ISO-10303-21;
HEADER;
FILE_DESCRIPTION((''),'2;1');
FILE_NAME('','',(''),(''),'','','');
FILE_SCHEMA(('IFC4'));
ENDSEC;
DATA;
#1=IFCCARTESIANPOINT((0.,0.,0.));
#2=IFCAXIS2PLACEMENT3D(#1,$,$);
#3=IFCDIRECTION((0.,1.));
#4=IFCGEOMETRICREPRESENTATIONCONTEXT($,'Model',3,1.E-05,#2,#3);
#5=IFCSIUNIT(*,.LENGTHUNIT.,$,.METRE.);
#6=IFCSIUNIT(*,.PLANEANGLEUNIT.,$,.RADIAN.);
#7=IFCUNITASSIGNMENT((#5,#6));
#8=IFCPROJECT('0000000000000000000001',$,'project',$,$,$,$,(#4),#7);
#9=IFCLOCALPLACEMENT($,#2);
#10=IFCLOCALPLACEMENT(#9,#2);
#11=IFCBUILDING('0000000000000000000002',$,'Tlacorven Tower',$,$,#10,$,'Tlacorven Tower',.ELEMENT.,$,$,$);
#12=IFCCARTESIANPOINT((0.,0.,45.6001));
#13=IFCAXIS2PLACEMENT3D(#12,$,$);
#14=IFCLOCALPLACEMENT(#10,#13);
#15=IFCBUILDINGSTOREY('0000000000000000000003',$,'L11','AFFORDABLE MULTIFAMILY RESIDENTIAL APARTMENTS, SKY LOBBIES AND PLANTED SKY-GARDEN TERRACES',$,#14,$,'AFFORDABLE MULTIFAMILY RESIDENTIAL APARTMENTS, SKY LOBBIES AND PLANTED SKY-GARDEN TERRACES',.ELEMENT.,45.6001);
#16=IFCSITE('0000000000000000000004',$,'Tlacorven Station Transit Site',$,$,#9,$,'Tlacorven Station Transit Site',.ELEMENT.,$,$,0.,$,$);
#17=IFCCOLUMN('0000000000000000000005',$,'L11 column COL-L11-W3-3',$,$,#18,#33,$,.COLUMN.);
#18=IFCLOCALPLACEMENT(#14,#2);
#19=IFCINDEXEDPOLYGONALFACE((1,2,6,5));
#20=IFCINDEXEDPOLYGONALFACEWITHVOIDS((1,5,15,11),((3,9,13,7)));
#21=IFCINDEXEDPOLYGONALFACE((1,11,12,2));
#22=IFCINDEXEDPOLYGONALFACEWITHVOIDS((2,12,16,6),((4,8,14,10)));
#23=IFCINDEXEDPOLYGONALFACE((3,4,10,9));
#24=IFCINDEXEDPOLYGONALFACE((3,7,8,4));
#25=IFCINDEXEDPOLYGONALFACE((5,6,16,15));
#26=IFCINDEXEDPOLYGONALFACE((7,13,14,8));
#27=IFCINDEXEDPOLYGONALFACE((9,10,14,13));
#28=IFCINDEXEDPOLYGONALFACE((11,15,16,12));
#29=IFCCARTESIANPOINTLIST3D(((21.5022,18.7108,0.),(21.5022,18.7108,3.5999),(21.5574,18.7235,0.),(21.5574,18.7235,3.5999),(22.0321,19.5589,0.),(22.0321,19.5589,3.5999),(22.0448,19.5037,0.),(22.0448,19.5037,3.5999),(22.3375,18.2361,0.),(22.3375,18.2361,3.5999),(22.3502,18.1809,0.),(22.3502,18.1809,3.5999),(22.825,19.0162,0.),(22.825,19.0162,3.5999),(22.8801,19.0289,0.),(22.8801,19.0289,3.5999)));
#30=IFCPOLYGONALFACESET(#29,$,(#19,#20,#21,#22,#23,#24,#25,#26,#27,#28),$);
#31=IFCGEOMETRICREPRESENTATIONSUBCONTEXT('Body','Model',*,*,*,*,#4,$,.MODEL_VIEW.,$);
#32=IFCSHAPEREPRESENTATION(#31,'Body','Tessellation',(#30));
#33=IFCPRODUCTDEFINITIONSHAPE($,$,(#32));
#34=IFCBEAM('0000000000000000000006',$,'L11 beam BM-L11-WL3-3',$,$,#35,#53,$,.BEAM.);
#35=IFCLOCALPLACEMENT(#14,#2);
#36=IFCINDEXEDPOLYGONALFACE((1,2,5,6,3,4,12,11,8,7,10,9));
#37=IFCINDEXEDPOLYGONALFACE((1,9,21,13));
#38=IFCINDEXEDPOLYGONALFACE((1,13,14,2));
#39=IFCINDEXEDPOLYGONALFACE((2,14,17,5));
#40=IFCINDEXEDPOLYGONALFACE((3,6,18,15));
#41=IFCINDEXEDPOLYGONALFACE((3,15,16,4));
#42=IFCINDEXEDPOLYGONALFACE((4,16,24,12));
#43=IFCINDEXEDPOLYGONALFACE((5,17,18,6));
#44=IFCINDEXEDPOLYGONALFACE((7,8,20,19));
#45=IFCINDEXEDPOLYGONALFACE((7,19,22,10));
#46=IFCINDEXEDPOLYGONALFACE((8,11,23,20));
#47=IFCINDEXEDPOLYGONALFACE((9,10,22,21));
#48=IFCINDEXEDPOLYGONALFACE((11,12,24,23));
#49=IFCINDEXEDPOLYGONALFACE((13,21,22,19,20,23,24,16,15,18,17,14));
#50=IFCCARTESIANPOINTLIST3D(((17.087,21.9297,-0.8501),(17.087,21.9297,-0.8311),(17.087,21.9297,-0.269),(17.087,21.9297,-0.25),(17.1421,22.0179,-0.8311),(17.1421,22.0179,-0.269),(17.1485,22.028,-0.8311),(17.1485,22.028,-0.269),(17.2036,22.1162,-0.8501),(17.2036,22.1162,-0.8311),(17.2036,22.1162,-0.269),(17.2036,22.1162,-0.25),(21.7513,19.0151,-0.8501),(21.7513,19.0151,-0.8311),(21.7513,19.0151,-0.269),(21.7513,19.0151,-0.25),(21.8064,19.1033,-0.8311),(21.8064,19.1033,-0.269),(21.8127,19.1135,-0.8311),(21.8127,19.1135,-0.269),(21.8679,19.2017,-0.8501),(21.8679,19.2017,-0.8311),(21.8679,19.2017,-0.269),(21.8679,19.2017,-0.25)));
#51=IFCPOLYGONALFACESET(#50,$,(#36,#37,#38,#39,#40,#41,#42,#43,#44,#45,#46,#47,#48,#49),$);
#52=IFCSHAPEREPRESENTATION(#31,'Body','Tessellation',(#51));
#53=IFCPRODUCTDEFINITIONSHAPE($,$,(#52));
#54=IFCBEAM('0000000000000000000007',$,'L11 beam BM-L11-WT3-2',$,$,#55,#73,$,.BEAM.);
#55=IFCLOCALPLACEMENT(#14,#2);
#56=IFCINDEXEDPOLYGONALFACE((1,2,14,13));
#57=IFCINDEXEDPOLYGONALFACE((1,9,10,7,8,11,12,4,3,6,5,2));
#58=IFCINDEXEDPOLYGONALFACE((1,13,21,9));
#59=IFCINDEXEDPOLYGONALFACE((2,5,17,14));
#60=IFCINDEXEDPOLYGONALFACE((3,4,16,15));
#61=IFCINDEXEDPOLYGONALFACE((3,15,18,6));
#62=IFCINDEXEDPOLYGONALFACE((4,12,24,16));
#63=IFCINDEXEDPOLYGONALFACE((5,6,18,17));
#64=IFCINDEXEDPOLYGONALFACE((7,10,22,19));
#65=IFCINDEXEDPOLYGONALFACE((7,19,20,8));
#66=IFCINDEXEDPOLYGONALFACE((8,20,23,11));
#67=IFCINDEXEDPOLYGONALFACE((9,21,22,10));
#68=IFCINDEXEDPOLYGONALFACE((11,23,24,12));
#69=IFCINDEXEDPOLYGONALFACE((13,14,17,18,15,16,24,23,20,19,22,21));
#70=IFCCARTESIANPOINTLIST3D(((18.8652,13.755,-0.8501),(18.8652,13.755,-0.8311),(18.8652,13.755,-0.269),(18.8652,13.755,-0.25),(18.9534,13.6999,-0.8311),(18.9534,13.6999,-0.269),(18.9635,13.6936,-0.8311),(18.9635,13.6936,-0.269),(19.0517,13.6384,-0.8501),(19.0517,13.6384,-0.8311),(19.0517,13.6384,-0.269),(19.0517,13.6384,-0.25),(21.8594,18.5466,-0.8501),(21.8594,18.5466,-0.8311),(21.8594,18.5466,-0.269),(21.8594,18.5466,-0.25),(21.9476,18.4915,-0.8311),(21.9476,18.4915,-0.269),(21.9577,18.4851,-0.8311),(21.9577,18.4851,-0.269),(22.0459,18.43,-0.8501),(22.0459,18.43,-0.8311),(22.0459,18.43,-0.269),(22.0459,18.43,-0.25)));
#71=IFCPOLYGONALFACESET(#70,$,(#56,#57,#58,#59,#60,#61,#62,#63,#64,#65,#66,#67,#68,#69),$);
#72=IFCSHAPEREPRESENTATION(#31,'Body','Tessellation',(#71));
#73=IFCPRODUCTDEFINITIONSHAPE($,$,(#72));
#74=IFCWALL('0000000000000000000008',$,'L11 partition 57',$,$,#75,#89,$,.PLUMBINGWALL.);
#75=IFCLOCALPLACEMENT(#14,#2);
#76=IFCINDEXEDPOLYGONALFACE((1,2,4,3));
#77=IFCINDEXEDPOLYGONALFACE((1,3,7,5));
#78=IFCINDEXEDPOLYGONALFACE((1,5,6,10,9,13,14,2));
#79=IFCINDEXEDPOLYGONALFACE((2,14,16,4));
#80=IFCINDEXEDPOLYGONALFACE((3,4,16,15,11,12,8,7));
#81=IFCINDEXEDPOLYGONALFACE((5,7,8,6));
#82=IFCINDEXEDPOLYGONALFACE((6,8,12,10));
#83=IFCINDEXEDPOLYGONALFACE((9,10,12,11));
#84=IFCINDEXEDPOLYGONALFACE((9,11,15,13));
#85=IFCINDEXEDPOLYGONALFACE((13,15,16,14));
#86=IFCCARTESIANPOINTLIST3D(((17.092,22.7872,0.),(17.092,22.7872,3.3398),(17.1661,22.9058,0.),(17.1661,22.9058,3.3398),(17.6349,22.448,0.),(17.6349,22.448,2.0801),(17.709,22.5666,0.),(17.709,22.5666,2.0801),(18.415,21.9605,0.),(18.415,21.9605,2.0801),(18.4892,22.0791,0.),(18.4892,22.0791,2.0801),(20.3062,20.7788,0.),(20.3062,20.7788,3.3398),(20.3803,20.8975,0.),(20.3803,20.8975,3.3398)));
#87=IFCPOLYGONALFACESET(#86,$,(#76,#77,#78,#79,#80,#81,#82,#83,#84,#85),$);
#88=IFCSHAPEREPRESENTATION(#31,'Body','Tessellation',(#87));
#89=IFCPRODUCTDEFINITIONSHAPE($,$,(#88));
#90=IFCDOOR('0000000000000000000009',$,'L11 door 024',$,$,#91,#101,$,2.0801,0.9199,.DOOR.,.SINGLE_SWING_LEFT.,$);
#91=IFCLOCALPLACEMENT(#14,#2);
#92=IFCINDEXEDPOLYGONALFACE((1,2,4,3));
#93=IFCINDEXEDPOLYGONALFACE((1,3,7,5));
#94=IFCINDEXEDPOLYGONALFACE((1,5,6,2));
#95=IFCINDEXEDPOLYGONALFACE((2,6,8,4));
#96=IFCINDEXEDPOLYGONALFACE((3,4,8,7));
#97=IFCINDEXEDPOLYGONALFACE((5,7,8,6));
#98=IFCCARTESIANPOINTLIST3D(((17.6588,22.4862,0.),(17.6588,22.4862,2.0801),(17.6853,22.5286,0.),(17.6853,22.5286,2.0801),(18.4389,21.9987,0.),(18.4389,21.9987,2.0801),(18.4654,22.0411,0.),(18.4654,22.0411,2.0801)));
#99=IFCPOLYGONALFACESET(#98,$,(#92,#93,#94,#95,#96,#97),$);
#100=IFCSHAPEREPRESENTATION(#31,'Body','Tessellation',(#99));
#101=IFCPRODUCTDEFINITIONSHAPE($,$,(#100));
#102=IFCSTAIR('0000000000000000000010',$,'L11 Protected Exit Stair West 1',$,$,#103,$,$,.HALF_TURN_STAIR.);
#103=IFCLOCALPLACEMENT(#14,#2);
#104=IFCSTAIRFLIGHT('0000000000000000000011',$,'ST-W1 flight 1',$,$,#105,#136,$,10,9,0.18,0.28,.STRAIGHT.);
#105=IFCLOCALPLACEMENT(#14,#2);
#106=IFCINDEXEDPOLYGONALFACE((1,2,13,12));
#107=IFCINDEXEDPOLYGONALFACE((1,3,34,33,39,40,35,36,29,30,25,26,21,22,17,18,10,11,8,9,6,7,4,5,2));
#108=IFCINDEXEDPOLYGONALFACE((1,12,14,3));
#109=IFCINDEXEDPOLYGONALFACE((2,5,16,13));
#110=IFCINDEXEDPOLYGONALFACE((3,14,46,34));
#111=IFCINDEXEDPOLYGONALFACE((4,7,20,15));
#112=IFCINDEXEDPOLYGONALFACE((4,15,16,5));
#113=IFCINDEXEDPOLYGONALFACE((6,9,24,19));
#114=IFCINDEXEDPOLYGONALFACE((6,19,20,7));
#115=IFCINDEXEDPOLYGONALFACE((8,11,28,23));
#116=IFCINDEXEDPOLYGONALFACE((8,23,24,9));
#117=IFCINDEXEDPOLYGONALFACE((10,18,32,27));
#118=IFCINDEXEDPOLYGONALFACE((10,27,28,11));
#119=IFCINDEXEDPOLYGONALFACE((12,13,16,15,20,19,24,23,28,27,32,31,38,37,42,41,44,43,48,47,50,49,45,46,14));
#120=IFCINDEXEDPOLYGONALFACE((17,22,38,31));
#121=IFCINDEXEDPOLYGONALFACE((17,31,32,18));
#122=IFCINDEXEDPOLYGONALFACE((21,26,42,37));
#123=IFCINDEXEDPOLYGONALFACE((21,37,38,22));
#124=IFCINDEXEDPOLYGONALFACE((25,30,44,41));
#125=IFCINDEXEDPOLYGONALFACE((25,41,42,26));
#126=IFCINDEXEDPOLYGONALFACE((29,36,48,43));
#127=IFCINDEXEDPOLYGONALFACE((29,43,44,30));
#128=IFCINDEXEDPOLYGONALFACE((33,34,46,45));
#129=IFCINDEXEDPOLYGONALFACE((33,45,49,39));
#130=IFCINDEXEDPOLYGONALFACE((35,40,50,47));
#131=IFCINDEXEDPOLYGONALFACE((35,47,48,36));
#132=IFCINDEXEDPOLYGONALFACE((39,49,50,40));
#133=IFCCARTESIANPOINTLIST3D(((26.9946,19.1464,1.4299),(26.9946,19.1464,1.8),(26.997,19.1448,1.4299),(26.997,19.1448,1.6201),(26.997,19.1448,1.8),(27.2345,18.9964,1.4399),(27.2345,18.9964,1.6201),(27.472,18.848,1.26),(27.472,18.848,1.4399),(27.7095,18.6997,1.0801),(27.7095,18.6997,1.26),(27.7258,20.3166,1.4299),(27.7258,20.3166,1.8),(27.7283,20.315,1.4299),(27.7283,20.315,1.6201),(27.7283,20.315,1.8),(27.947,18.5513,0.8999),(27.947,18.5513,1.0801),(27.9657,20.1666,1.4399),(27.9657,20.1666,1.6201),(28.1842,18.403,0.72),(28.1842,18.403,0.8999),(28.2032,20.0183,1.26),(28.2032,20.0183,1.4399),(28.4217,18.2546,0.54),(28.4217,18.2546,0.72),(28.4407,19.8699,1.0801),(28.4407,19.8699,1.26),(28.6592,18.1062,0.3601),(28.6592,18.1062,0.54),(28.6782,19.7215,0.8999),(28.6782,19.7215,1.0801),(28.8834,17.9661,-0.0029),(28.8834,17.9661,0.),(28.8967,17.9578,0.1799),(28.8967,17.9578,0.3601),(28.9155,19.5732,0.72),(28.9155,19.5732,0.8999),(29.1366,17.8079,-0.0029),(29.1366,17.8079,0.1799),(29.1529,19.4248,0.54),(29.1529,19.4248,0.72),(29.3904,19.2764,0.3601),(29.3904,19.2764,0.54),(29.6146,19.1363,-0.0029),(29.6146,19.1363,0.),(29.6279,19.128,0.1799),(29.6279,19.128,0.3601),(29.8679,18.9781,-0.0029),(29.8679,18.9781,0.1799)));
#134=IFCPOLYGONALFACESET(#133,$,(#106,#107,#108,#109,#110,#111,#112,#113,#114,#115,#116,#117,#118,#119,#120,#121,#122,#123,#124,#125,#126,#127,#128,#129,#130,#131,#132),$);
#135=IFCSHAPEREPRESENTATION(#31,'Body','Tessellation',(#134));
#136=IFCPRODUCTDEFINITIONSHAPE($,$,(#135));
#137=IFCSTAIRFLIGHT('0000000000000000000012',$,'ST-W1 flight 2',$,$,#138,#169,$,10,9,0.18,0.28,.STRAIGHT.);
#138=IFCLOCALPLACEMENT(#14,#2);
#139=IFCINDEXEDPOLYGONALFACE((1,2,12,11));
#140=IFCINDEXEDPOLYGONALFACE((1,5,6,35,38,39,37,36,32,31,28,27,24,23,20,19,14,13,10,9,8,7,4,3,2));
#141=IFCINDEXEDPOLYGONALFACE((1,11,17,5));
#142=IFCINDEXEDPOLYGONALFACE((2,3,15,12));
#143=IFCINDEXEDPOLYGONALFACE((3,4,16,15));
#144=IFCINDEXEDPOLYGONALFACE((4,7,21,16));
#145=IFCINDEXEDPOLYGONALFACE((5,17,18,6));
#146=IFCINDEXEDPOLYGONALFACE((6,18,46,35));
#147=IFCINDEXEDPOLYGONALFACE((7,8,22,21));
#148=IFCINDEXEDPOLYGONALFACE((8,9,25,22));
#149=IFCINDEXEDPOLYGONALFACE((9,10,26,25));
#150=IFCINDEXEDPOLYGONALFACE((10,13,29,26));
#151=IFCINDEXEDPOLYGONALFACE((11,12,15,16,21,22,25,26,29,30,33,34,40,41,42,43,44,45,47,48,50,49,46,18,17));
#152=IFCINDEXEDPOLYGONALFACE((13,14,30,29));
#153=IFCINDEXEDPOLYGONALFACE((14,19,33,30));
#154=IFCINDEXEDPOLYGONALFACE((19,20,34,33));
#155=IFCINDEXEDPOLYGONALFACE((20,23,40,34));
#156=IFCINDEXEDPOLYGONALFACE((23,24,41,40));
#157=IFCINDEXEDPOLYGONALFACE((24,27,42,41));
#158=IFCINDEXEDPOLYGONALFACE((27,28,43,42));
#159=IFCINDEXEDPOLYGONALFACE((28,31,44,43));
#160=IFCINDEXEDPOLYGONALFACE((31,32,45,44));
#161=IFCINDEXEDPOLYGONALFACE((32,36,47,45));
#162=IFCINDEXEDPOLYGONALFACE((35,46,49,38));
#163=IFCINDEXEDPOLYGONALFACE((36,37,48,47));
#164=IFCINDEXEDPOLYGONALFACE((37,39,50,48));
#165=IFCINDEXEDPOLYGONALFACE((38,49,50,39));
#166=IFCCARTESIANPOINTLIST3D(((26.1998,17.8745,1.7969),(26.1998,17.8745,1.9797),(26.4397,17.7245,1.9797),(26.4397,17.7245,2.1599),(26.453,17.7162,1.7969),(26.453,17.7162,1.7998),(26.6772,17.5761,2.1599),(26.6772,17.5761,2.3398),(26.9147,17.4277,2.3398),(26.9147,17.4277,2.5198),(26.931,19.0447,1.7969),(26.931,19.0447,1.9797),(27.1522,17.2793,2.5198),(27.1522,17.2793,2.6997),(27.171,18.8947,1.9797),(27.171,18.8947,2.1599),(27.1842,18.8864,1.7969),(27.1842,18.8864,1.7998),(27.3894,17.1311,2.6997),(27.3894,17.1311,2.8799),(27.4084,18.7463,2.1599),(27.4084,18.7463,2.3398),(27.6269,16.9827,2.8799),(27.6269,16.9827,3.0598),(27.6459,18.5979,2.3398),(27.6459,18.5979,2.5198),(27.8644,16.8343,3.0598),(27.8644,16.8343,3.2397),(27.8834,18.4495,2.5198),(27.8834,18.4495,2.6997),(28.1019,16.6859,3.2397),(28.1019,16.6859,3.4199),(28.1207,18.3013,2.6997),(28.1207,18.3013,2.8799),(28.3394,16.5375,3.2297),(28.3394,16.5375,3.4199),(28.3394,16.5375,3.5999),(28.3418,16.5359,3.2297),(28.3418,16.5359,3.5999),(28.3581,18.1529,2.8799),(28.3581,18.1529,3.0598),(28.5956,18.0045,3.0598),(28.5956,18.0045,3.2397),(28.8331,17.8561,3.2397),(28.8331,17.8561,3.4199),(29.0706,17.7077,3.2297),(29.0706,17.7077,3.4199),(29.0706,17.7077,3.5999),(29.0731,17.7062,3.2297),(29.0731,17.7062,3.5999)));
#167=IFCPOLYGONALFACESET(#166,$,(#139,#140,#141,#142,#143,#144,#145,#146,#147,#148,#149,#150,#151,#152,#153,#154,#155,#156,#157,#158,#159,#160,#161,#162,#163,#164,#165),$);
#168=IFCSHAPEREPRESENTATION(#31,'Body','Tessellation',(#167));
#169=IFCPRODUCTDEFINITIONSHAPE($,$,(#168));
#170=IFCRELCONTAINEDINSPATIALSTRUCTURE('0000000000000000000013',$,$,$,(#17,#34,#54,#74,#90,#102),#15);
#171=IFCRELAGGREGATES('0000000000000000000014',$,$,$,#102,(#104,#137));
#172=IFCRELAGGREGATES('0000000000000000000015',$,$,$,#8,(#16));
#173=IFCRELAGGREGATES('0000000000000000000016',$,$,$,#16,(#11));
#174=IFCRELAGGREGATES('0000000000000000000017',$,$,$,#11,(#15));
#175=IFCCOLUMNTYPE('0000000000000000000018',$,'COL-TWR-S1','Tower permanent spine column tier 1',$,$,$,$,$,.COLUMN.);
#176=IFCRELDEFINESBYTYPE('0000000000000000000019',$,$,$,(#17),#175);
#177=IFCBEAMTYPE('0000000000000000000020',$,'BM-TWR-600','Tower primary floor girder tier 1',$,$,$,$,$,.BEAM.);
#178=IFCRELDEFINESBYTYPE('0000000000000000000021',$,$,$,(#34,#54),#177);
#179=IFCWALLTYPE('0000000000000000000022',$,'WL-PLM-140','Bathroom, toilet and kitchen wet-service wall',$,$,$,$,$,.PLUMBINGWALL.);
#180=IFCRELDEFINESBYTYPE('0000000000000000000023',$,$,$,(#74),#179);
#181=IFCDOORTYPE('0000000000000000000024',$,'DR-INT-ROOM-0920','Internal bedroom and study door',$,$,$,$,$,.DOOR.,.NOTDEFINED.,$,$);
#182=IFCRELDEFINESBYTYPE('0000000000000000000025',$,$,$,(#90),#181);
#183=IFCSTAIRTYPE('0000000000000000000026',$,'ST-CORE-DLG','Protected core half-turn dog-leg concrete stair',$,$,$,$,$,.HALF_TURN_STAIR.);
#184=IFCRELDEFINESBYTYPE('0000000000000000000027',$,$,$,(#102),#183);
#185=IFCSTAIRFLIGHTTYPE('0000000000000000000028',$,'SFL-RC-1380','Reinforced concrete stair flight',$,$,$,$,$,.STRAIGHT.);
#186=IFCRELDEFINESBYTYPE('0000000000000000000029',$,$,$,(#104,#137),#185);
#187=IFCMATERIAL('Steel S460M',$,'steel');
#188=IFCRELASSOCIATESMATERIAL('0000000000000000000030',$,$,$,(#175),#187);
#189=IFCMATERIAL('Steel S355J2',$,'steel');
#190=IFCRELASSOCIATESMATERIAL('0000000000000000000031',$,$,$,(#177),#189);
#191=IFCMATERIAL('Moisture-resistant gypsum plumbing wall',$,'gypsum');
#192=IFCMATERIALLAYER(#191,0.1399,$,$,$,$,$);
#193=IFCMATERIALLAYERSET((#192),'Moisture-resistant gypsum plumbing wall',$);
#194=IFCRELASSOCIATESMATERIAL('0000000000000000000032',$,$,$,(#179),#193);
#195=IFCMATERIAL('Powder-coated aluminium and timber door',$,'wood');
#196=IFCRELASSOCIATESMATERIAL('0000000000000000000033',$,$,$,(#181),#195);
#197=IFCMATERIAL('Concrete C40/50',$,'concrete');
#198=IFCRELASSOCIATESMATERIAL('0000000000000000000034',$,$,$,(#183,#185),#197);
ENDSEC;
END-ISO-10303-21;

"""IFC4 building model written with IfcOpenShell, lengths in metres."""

from ifc_helpers import new_model, si_unit, direction, frame, frame_2d, origin, origin_2d, place, context, subcontext, project, spatial, polyline, rectangle, hollow_rectangle, i_section, outline, extrude, source, transform, mapped, material, layer, layer_set, material_profile, profile_set, type_object, element, fill, aggregate, save


model = new_model("IFC4")

# Units and contexts
model_context = context("Model", 3, precision=1e-05, world=origin(), true_north=direction((0.0, 1.0)))
body_context = subcontext(model_context, "Body", "Model", "MODEL_VIEW")
ifc_project = project(units=[si_unit("LENGTHUNIT", "METRE"), si_unit("PLANEANGLEUNIT", "RADIAN")], contexts=[model_context])

# Site, building, storey
site_placement = place(None, origin())
site = spatial("IfcSite", under=ifc_project, at=site_placement, Name="Tlacorven Station Transit Site", LongName="Tlacorven Station Transit Site", CompositionType="ELEMENT", RefElevation=0.0)
building_placement = place(site_placement, origin())
building = spatial("IfcBuilding", under=site, at=building_placement, Name="Tlacorven Tower", LongName="Tlacorven Tower", CompositionType="ELEMENT")
storey_placement = place(building_placement, frame((0.0, 0.0, 45.6001)))
storey = spatial("IfcBuildingStorey", under=building, at=storey_placement, Name="L11", Description="AFFORDABLE MULTIFAMILY RESIDENTIAL APARTMENTS, SKY LOBBIES AND PLANTED SKY-GARDEN TERRACES", LongName="AFFORDABLE MULTIFAMILY RESIDENTIAL APARTMENTS, SKY LOBBIES AND PLANTED SKY-GARDEN TERRACES", CompositionType="ELEMENT", Elevation=45.6001)

# Column
ifc_material_1 = material(Name="Steel S460M", Category="steel")
ifc_material_profile_1 = material_profile(ifc_material_1, hollow_rectangle(XDim=1.0, YDim=1.0, WallThickness=0.04, at=origin_2d()), Name="BOX 1000X1000X40")
ifc_profile_set_1 = profile_set([ifc_material_profile_1], Name="Steel S460M")
column_type = type_object("IfcColumnType", Name="COL-TWR-S1", Description="Tower permanent spine column tier 1", PredefinedType="COLUMN", material=ifc_profile_set_1)
shared_shape_1 = source(origin(), body_context, "Body", "SweptSolid", [
    extrude(hollow_rectangle(XDim=1.0, YDim=1.0, WallThickness=0.04, at=origin_2d()), origin(), (0.0, 0.0, 1.0), 3.5999),
])
column_placement = place(storey_placement, frame((22.1912, 18.8699, 0.0), z_axis=(0.0, 0.0, 1.0), x_axis=(-0.848048, 0.529919, 0.0)))
element("IfcColumn", 1, at=column_placement, inside=storey, type_object=column_type, Name="L11 column COL-L11-W3-3", PredefinedType="COLUMN", context=body_context, shape_type="MappedRepresentation", body=[
    mapped(shared_shape_1, transform((0.0, 0.0, 0.0), scale=1.0)),
])

# Beams
ifc_material_2 = material(Name="Steel S355J2", Category="steel")
ifc_material_profile_2 = material_profile(ifc_material_2, i_section(OverallWidth=0.22, OverallDepth=0.6001, WebThickness=0.012, FlangeThickness=0.019, at=origin_2d()), Name="IPE 600")
ifc_profile_set_2 = profile_set([ifc_material_profile_2], Name="Steel S355J2")
beam_type = type_object("IfcBeamType", Name="BM-TWR-600", Description="Tower primary floor girder tier 1", PredefinedType="BEAM", material=ifc_profile_set_2)
shared_shape_2 = source(origin(), body_context, "Body", "SweptSolid", [
    extrude(i_section(OverallWidth=0.22, OverallDepth=0.6001, WebThickness=0.012, FlangeThickness=0.019, at=origin_2d()), origin(), (0.0, 0.0, 1.0), 5.5),
])
beam_1_placement = place(storey_placement, frame((21.8096, 19.1084, -0.55), z_axis=(-0.848051, 0.529915, 0.0), x_axis=(-0.529915, -0.848051, 0.0)))
element("IfcBeam", 2, at=beam_1_placement, inside=storey, type_object=beam_type, Name="L11 beam BM-L11-WL3-3", PredefinedType="BEAM", context=body_context, shape_type="MappedRepresentation", body=[
    mapped(shared_shape_2, transform((0.0, 0.0, 0.0), scale=1.0)),
])
shared_shape_3 = source(origin(), body_context, "Body", "SweptSolid", [
    extrude(i_section(OverallWidth=0.22, OverallDepth=0.6001, WebThickness=0.012, FlangeThickness=0.019, at=origin_2d()), origin(), (0.0, 0.0, 1.0), 5.6501),
])
beam_2_placement = place(storey_placement, frame((21.9526, 18.4883, -0.55), z_axis=(-0.529929, -0.848042, 0.0), x_axis=(0.848042, -0.529929, 0.0)))
element("IfcBeam", 3, at=beam_2_placement, inside=storey, type_object=beam_type, Name="L11 beam BM-L11-WT3-2", PredefinedType="BEAM", context=body_context, shape_type="MappedRepresentation", body=[
    mapped(shared_shape_3, transform((0.0, 0.0, 0.0), scale=1.0)),
])

# Wall, opening, door
ifc_material_3 = material(Name="Moisture-resistant gypsum plumbing wall", Category="gypsum")
ifc_layer = layer(ifc_material_3, 0.1399)
ifc_layer_set = layer_set([ifc_layer], Name="Moisture-resistant gypsum plumbing wall")
wall_type = type_object("IfcWallType", Name="WL-PLM-140", Description="Bathroom, toilet and kitchen wet-service wall", PredefinedType="PLUMBINGWALL", material=ifc_layer_set)
wall_placement = place(storey_placement, frame((20.3433, 20.8381, 0.0), z_axis=(0.0, 0.0, 1.0), x_axis=(-0.84806, 0.529901, 0.0)))
wall = element("IfcWall", 4, at=wall_placement, inside=storey, type_object=wall_type, Name="L11 partition 57", PredefinedType="PLUMBINGWALL", context=body_context, shape_type="SweptSolid", body=[
    extrude(rectangle(XDim=3.79, YDim=0.1399, at=frame_2d((1.895, 0.0))), origin(), (0.0, 0.0, 1.0), 3.3398),
])
opening_placement = place(wall_placement, frame((2.23, 0.0, 0.0)))
opening = element("IfcOpeningElement", 5, at=opening_placement, cuts=wall, PredefinedType="OPENING", context=body_context, shape_type="SweptSolid", body=[
    extrude(rectangle(XDim=0.9199, YDim=2.0801, at=frame_2d((0.46, 1.04))), frame((0.0, 0.0801, 0.0), z_axis=(0.0, -1.0, 0.0), x_axis=(1.0, 0.0, 0.0)), (0.0, 0.0, 1.0), 0.1599),
])
ifc_material_4 = material(Name="Powder-coated aluminium and timber door", Category="wood")
door_type = type_object("IfcDoorType", Name="DR-INT-ROOM-0920", Description="Internal bedroom and study door", OperationType="NOTDEFINED", PredefinedType="DOOR", material=ifc_material_4)
shared_shape_4 = source(origin(), body_context, "Body", "SweptSolid", [
    extrude(rectangle(XDim=0.9199, YDim=2.0801, at=frame_2d((0.46, 1.04))), frame((0.0, 0.0249, 0.0), z_axis=(0.0, -1.0, 0.0), x_axis=(1.0, 0.0, 0.0)), (0.0, 0.0, 1.0), 0.05),
])
door_placement = place(opening_placement, origin())
door = element("IfcDoor", 6, at=door_placement, inside=storey, type_object=door_type, Name="L11 door 024", OperationType="SINGLE_SWING_LEFT", OverallHeight=2.0801, OverallWidth=0.9199, PredefinedType="DOOR", context=body_context, shape_type="MappedRepresentation", body=[
    mapped(shared_shape_4, transform((0.0, 0.0, 0.0), scale=1.0)),
])
fill(opening, door)

# Stair, stair flights
ifc_material_5 = material(Name="Concrete C40/50", Category="concrete")
stair_type = type_object("IfcStairType", Name="ST-CORE-DLG", Description="Protected core half-turn dog-leg concrete stair", PredefinedType="HALF_TURN_STAIR", material=ifc_material_5)
stair_placement = place(storey_placement, origin())
stair = element("IfcStair", 7, at=stair_placement, inside=storey, type_object=stair_type, Name="L11 Protected Exit Stair West 1", PredefinedType="HALF_TURN_STAIR")
stair_flight_type = type_object("IfcStairFlightType", Name="SFL-RC-1380", Description="Reinforced concrete stair flight", PredefinedType="STRAIGHT", material=ifc_material_5)
shared_shape_5 = source(origin(), body_context, "Body", "SweptSolid", [
    extrude(outline(polyline([(-0.0029, -0.0029), (-0.0029, 0.1799), (0.28, 0.1799), (0.28, 0.3601), (0.5601, 0.3601), (0.5601, 0.54), (0.8401, 0.54), (0.8401, 0.72), (1.1201, 0.72), (1.1201, 0.8999), (1.3999, 0.8999), (1.3999, 1.0801), (1.6799, 1.0801), (1.6799, 1.26), (1.96, 1.26), (1.96, 1.4399), (2.24, 1.4399), (2.24, 1.6201), (2.52, 1.6201), (2.52, 1.8), (2.5229, 1.8), (2.5229, 1.4299), (2.52, 1.4299), (0.2957, 0.0), (0.2957, -0.0029), (-0.0029, -0.0029)])), frame((0.0, 0.6899, 0.0), z_axis=(0.0, -1.0, 0.0), x_axis=(1.0, 0.0, 0.0)), (0.0, 0.0, 1.0), 1.3799),
])
stair_flight_1_placement = place(storey_placement, frame((29.4998, 18.3945, 0.0), z_axis=(0.0, 0.0, 1.0), x_axis=(-0.848048, 0.529919, 0.0)))
stair_flight_1 = element("IfcStairFlight", 8, at=stair_flight_1_placement, type_object=stair_flight_type, Name="ST-W1 flight 1", NumberOfRisers=10, NumberOfTreads=9, PredefinedType="STRAIGHT", RiserHeight=0.18, TreadLength=0.28, context=body_context, shape_type="MappedRepresentation", body=[
    mapped(shared_shape_5, transform((0.0, 0.0, 0.0), scale=1.0)),
])
stair_flight_2_placement = place(storey_placement, frame((26.5679, 18.458, 1.7998), z_axis=(0.0, 0.0, 1.0), x_axis=(0.848048, -0.529919, 0.0)))
stair_flight_2 = element("IfcStairFlight", 9, at=stair_flight_2_placement, type_object=stair_flight_type, Name="ST-W1 flight 2", NumberOfRisers=10, NumberOfTreads=9, PredefinedType="STRAIGHT", RiserHeight=0.18, TreadLength=0.28, context=body_context, shape_type="MappedRepresentation", body=[
    mapped(shared_shape_5, transform((0.0, 0.0, 0.0), scale=1.0)),
])
aggregate(stair, [stair_flight_1, stair_flight_2])

save(model, "model.ifc")
